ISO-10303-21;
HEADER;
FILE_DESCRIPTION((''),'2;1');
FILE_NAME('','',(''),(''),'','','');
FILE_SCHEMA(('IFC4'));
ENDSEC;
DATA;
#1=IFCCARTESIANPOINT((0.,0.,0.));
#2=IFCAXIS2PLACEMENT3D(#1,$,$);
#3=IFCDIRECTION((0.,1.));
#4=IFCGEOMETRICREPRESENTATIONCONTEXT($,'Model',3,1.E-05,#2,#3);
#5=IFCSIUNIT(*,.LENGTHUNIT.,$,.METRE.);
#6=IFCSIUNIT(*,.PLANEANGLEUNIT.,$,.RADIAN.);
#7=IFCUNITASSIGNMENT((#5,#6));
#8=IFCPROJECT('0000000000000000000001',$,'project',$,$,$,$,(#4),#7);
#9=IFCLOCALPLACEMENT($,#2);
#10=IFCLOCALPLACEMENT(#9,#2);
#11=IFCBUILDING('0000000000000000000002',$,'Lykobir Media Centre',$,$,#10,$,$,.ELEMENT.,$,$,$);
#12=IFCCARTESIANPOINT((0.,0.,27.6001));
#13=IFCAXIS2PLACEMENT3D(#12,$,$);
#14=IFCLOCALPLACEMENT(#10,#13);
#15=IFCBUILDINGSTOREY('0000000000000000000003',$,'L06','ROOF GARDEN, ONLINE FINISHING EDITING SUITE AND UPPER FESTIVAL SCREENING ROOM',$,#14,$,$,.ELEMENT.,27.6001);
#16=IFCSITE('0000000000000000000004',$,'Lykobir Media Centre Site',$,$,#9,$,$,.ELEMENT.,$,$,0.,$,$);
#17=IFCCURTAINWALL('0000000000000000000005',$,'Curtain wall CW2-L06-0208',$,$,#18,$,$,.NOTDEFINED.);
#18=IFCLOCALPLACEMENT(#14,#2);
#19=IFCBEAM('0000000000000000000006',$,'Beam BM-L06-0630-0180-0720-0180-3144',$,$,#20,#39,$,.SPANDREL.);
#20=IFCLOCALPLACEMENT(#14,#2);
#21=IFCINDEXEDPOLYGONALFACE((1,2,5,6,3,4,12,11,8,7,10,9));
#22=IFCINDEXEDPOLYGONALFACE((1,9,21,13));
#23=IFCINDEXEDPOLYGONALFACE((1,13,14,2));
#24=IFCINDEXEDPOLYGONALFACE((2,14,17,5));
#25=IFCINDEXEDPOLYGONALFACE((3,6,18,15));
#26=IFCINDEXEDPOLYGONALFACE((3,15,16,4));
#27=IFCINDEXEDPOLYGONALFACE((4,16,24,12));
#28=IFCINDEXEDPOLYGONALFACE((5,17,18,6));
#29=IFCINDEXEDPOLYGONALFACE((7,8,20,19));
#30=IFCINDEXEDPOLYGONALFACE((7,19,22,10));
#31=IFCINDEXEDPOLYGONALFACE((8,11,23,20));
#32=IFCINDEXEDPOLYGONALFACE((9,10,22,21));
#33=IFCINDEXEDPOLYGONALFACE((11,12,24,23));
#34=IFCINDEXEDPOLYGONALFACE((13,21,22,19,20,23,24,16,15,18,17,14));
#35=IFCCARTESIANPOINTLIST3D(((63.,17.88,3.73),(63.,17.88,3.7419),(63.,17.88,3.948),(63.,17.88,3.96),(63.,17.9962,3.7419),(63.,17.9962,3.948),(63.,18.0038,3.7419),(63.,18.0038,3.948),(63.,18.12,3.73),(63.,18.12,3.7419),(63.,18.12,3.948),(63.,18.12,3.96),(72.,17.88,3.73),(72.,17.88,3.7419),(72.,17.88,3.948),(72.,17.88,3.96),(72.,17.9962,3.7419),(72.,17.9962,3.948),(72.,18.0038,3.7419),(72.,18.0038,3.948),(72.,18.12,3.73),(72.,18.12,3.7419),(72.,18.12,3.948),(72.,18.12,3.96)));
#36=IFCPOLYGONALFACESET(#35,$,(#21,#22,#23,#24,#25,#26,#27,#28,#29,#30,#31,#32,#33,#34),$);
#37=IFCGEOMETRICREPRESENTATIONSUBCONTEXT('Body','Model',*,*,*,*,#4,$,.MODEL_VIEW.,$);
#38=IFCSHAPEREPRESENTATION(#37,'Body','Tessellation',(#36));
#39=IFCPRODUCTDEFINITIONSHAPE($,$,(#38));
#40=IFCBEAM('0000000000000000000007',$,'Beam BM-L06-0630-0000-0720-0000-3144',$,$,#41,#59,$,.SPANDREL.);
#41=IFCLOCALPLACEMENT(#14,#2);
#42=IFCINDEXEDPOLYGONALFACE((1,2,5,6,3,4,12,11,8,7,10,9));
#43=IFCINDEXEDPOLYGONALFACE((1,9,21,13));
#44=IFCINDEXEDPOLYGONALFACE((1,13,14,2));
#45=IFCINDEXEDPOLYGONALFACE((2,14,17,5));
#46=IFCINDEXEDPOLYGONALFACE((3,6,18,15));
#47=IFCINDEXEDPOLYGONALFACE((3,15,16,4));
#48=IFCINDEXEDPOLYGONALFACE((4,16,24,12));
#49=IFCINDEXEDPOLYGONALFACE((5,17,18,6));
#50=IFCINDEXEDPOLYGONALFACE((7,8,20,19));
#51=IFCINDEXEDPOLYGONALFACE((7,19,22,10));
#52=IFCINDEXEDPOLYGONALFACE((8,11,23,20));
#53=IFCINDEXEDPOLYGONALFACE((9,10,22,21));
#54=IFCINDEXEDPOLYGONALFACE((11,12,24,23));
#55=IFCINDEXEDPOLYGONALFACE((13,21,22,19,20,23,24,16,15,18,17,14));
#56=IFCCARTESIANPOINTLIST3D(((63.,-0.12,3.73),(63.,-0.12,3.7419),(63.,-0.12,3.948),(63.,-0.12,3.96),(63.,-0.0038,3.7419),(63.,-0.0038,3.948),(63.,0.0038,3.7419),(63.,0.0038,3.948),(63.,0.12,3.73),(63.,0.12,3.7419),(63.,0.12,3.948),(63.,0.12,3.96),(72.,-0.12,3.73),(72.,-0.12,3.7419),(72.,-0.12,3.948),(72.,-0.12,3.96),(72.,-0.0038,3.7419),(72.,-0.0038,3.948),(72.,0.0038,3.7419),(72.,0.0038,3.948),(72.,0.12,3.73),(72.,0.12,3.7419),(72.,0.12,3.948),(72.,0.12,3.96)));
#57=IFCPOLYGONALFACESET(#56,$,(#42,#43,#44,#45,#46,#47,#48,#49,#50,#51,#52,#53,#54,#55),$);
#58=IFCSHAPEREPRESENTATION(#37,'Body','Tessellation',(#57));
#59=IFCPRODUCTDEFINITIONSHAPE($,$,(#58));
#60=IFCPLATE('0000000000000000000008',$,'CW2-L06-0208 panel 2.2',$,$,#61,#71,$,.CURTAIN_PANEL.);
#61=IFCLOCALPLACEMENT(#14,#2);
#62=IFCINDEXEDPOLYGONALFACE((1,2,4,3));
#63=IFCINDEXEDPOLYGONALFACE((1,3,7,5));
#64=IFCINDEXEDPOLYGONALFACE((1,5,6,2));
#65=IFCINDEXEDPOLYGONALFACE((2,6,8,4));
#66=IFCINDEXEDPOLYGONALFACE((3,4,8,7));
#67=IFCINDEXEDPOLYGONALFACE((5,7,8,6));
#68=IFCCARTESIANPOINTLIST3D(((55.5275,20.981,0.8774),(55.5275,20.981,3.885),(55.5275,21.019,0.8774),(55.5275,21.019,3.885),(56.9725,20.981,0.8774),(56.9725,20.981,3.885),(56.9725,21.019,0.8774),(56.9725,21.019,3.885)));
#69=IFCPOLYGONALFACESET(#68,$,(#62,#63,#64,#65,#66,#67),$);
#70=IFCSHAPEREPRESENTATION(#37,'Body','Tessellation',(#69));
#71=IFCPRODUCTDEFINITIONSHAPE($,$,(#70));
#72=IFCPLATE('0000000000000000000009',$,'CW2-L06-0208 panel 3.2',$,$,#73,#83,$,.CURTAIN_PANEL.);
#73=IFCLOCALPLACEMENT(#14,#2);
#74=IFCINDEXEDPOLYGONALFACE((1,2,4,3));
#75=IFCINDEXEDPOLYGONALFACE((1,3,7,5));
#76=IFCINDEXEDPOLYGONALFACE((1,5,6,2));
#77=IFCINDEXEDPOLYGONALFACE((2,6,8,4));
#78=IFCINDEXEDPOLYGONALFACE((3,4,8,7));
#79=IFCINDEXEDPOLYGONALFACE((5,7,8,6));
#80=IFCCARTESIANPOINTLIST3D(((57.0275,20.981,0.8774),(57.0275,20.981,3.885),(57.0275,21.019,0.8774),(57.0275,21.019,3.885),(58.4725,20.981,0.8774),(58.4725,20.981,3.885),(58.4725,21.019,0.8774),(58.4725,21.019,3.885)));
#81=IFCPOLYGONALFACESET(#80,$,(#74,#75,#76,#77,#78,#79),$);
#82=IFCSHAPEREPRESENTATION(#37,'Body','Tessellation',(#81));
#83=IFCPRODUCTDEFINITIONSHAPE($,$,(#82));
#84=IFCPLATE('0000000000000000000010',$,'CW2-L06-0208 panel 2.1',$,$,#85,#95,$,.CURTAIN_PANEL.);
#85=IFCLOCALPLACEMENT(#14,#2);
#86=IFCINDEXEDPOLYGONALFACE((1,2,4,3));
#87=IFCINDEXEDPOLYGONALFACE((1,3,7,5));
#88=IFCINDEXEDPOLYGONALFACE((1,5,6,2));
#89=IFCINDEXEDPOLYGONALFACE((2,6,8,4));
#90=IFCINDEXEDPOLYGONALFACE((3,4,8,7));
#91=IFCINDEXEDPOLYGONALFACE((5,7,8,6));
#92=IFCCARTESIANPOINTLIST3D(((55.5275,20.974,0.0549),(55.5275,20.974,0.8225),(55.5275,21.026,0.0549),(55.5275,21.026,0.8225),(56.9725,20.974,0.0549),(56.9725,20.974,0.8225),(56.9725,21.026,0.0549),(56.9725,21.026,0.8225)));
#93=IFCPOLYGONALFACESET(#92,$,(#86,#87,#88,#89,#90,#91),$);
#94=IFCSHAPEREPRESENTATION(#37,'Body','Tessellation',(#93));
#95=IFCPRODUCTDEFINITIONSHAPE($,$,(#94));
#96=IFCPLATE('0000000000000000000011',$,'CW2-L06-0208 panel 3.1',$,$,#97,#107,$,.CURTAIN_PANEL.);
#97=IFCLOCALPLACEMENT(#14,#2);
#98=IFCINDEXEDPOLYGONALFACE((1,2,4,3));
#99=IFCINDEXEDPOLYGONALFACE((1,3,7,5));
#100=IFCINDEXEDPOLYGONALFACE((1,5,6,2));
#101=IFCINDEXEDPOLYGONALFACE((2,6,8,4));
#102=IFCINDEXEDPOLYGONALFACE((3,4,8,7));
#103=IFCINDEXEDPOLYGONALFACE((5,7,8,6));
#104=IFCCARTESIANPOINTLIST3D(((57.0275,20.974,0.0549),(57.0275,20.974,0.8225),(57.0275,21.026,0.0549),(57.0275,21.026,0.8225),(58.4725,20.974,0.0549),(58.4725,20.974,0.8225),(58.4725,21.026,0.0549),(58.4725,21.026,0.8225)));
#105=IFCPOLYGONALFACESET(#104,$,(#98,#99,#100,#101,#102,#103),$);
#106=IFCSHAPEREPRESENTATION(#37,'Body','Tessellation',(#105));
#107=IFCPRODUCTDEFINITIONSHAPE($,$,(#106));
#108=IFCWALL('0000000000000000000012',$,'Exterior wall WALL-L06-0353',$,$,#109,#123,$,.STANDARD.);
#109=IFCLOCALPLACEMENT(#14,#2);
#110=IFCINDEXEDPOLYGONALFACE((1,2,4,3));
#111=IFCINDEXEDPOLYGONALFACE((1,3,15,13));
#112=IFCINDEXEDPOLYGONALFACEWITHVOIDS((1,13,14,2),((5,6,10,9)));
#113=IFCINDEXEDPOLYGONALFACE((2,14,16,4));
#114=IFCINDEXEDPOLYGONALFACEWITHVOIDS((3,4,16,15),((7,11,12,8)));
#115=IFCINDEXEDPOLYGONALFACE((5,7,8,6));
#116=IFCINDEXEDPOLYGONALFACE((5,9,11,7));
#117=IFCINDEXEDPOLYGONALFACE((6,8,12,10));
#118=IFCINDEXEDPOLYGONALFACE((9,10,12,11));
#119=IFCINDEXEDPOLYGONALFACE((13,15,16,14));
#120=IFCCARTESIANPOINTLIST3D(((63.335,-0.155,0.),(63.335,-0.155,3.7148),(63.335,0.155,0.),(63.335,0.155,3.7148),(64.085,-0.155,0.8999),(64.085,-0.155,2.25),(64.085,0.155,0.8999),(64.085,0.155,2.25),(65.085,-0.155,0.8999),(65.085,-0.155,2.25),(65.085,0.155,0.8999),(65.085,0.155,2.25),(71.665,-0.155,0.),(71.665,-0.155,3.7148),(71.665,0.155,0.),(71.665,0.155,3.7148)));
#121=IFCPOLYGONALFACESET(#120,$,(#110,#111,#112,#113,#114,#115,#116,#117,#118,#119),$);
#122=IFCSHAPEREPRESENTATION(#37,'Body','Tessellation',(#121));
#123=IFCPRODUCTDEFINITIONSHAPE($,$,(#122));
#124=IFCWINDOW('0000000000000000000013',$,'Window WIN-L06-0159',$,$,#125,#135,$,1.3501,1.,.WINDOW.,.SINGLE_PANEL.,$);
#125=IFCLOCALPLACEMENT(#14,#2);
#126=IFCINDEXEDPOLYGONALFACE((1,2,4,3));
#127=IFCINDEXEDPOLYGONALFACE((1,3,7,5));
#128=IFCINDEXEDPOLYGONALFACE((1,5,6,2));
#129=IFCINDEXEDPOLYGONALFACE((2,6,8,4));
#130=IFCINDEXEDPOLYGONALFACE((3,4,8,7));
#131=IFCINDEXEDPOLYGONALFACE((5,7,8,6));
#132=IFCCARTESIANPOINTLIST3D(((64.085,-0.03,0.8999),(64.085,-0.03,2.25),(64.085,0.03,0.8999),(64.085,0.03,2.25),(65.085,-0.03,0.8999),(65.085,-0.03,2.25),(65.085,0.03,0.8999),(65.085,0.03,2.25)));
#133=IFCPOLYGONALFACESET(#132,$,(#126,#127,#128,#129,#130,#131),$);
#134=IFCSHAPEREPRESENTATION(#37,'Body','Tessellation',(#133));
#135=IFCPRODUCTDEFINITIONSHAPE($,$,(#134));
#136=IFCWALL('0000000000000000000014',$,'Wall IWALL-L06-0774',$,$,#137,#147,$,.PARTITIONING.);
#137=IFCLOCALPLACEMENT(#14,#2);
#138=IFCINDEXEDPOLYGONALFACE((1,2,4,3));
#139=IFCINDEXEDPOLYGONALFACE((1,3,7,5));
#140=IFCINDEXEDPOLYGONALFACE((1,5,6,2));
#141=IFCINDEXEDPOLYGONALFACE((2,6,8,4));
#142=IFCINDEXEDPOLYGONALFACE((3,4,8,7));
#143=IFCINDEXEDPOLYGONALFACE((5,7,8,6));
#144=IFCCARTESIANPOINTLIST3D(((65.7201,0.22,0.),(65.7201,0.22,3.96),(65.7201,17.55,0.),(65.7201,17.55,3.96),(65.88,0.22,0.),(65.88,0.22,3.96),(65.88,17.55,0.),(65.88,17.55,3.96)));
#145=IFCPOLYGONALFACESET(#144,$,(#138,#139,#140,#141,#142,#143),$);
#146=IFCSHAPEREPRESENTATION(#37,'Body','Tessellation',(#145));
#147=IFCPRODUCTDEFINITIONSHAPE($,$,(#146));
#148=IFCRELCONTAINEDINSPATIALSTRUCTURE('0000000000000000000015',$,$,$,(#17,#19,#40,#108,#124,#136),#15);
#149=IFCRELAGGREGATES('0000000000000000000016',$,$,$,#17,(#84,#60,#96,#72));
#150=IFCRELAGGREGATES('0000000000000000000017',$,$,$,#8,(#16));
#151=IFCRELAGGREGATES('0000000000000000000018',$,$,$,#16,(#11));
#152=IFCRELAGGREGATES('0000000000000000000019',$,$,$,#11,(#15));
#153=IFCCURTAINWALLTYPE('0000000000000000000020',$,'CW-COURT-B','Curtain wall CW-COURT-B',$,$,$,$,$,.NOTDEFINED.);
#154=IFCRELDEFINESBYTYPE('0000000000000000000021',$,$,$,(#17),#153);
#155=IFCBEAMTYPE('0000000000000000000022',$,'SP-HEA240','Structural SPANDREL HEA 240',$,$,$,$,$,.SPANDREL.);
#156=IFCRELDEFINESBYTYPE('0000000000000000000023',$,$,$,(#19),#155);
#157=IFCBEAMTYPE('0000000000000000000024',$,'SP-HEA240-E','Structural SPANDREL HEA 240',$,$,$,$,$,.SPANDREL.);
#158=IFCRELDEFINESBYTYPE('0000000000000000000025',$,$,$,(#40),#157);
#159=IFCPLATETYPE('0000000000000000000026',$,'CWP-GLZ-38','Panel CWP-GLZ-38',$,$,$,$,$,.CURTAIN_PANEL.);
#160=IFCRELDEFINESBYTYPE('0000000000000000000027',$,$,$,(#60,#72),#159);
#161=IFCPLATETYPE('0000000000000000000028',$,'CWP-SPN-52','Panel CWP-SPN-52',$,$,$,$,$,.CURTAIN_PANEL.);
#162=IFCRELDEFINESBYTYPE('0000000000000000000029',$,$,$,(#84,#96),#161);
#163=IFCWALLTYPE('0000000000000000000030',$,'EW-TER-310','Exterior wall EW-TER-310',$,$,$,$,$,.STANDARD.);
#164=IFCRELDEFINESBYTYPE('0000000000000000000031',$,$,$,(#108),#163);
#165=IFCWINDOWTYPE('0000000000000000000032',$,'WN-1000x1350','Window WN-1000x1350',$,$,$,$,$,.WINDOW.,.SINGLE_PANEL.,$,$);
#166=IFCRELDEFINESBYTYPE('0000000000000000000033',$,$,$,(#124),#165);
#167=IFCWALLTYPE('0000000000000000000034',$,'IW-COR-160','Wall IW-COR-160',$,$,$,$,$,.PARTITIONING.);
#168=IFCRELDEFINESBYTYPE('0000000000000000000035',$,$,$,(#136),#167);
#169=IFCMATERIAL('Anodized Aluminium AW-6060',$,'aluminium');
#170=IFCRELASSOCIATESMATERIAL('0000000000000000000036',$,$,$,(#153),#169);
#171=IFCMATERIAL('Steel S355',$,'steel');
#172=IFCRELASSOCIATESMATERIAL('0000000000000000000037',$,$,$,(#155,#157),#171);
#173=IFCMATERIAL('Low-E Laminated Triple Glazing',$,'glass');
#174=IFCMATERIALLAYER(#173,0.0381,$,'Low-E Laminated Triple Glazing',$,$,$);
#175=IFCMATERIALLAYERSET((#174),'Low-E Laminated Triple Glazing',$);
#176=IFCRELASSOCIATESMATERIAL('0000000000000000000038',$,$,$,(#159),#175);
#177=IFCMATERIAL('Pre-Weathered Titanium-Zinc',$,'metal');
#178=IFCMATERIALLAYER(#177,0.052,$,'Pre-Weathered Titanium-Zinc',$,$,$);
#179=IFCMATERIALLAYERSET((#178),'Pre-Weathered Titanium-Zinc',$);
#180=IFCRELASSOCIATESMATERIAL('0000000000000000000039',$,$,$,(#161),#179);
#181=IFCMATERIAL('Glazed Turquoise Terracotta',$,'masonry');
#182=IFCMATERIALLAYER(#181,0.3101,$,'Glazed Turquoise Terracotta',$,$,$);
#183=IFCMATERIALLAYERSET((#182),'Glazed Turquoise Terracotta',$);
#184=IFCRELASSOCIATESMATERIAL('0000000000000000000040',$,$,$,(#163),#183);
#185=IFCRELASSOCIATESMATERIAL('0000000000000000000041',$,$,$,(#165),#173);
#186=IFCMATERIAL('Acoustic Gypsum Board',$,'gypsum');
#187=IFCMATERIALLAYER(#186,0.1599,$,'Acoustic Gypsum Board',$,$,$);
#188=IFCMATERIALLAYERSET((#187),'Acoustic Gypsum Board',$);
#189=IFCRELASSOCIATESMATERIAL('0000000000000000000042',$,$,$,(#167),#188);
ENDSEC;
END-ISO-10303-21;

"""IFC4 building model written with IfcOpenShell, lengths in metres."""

from ifc_helpers import new_model, si_unit, direction, frame, frame_2d, origin, origin_2d, place, context, subcontext, project, spatial, rectangle, i_section, extrude, material, layer, layer_set, material_profile, profile_set, type_object, element, fill, aggregate, save


model = new_model("IFC4")

# Units and contexts
model_context = context("Model", 3, precision=1e-05, world=origin(), true_north=direction((0.0, 1.0)))
body_context = subcontext(model_context, "Body", "Model", "MODEL_VIEW")
ifc_project = project(units=[si_unit("LENGTHUNIT", "METRE"), si_unit("PLANEANGLEUNIT", "RADIAN")], contexts=[model_context])

# Site, building, storey
site_placement = place(None, origin())
site = spatial("IfcSite", under=ifc_project, at=site_placement, Name="Lykobir Media Centre Site", CompositionType="ELEMENT", RefElevation=0.0)
building_placement = place(site_placement, origin())
building = spatial("IfcBuilding", under=site, at=building_placement, Name="Lykobir Media Centre", CompositionType="ELEMENT")
storey_placement = place(building_placement, frame((0.0, 0.0, 27.6001)))
storey = spatial("IfcBuildingStorey", under=building, at=storey_placement, Name="L06", Description="ROOF GARDEN, ONLINE FINISHING EDITING SUITE AND UPPER FESTIVAL SCREENING ROOM", CompositionType="ELEMENT", Elevation=27.6001)

# Shared definitions
ifc_material_1 = material(Name="Steel S355", Category="steel")

# Curtain wall
ifc_material_2 = material(Name="Anodized Aluminium AW-6060", Category="aluminium")
curtain_wall_type = type_object("IfcCurtainWallType", Name="CW-COURT-B", Description="Curtain wall CW-COURT-B", PredefinedType="NOTDEFINED", material=ifc_material_2)
curtain_wall_placement = place(storey_placement, origin())
curtain_wall = element("IfcCurtainWall", 1, at=curtain_wall_placement, inside=storey, type_object=curtain_wall_type, Name="Curtain wall CW2-L06-0208", PredefinedType="NOTDEFINED")

# Beams
ifc_material_profile_1 = material_profile(ifc_material_1, i_section(OverallWidth=0.24, OverallDepth=0.23, WebThickness=0.0076, FlangeThickness=0.012, at=origin_2d()), Name="HEA 240")
ifc_profile_set_1 = profile_set([ifc_material_profile_1], Name="Steel S355")
beam_type_1 = type_object("IfcBeamType", Name="SP-HEA240", Description="Structural SPANDREL HEA 240", PredefinedType="SPANDREL", material=ifc_profile_set_1)
beam_1_placement = place(storey_placement, frame((63.0, 18.0, 3.845), z_axis=(1.0, 0.0, 0.0), x_axis=(0.0, 1.0, 0.0)))
element("IfcBeam", 2, at=beam_1_placement, inside=storey, type_object=beam_type_1, Name="Beam BM-L06-0630-0180-0720-0180-3144", PredefinedType="SPANDREL", context=body_context, shape_type="SweptSolid", body=[
    extrude(i_section(OverallWidth=0.24, OverallDepth=0.23, WebThickness=0.0076, FlangeThickness=0.012, at=origin_2d()), origin(), (0.0, 0.0, 1.0), 9.0),
])
ifc_material_profile_2 = material_profile(ifc_material_1, i_section(OverallWidth=0.24, OverallDepth=0.23, WebThickness=0.0076, FlangeThickness=0.012, at=origin_2d()), Name="HEA 240")
ifc_profile_set_2 = profile_set([ifc_material_profile_2], Name="Steel S355")
beam_type_2 = type_object("IfcBeamType", Name="SP-HEA240-E", Description="Structural SPANDREL HEA 240", PredefinedType="SPANDREL", material=ifc_profile_set_2)
beam_2_placement = place(storey_placement, frame((63.0, 0.0, 3.845), z_axis=(1.0, 0.0, 0.0), x_axis=(0.0, 1.0, 0.0)))
element("IfcBeam", 3, at=beam_2_placement, inside=storey, type_object=beam_type_2, Name="Beam BM-L06-0630-0000-0720-0000-3144", PredefinedType="SPANDREL", context=body_context, shape_type="SweptSolid", body=[
    extrude(i_section(OverallWidth=0.24, OverallDepth=0.23, WebThickness=0.0076, FlangeThickness=0.012, at=origin_2d()), origin(), (0.0, 0.0, 1.0), 9.0),
])

# Plates
ifc_material_3 = material(Name="Low-E Laminated Triple Glazing", Category="glass")
ifc_layer_1 = layer(ifc_material_3, 0.0381, Name="Low-E Laminated Triple Glazing")
ifc_layer_set_1 = layer_set([ifc_layer_1], Name="Low-E Laminated Triple Glazing")
plate_type_1 = type_object("IfcPlateType", Name="CWP-GLZ-38", Description="Panel CWP-GLZ-38", PredefinedType="CURTAIN_PANEL", material=ifc_layer_set_1)
plate_1_placement = place(storey_placement, frame((56.25, 21.0, 0.8774), z_axis=(0.0, 0.0, 1.0), x_axis=(1.0, 0.0, 0.0)))
plate_1 = element("IfcPlate", 4, at=plate_1_placement, type_object=plate_type_1, Name="CW2-L06-0208 panel 2.2", PredefinedType="CURTAIN_PANEL", context=body_context, shape_type="SweptSolid", body=[
    extrude(rectangle(XDim=1.4451, YDim=0.0381, at=origin_2d()), origin(), (0.0, 0.0, 1.0), 3.0076),
])
plate_2_placement = place(storey_placement, frame((57.75, 21.0, 0.8774), z_axis=(0.0, 0.0, 1.0), x_axis=(1.0, 0.0, 0.0)))
plate_2 = element("IfcPlate", 5, at=plate_2_placement, type_object=plate_type_1, Name="CW2-L06-0208 panel 3.2", PredefinedType="CURTAIN_PANEL", context=body_context, shape_type="SweptSolid", body=[
    extrude(rectangle(XDim=1.4451, YDim=0.0381, at=origin_2d()), origin(), (0.0, 0.0, 1.0), 3.0076),
])
ifc_material_4 = material(Name="Pre-Weathered Titanium-Zinc", Category="metal")
ifc_layer_2 = layer(ifc_material_4, 0.052, Name="Pre-Weathered Titanium-Zinc")
ifc_layer_set_2 = layer_set([ifc_layer_2], Name="Pre-Weathered Titanium-Zinc")
plate_type_2 = type_object("IfcPlateType", Name="CWP-SPN-52", Description="Panel CWP-SPN-52", PredefinedType="CURTAIN_PANEL", material=ifc_layer_set_2)
plate_3_placement = place(storey_placement, frame((56.25, 21.0, 0.0549), z_axis=(0.0, 0.0, 1.0), x_axis=(1.0, 0.0, 0.0)))
plate_3 = element("IfcPlate", 6, at=plate_3_placement, type_object=plate_type_2, Name="CW2-L06-0208 panel 2.1", PredefinedType="CURTAIN_PANEL", context=body_context, shape_type="SweptSolid", body=[
    extrude(rectangle(XDim=1.4451, YDim=0.052, at=origin_2d()), origin(), (0.0, 0.0, 1.0), 0.7676),
])
plate_4_placement = place(storey_placement, frame((57.75, 21.0, 0.0549), z_axis=(0.0, 0.0, 1.0), x_axis=(1.0, 0.0, 0.0)))
plate_4 = element("IfcPlate", 7, at=plate_4_placement, type_object=plate_type_2, Name="CW2-L06-0208 panel 3.1", PredefinedType="CURTAIN_PANEL", context=body_context, shape_type="SweptSolid", body=[
    extrude(rectangle(XDim=1.4451, YDim=0.052, at=origin_2d()), origin(), (0.0, 0.0, 1.0), 0.7676),
])
aggregate(curtain_wall, [plate_3, plate_1, plate_4, plate_2])

# Wall, opening, window
ifc_material_5 = material(Name="Glazed Turquoise Terracotta", Category="masonry")
ifc_layer_3 = layer(ifc_material_5, 0.3101, Name="Glazed Turquoise Terracotta")
ifc_layer_set_3 = layer_set([ifc_layer_3], Name="Glazed Turquoise Terracotta")
wall_type_1 = type_object("IfcWallType", Name="EW-TER-310", Description="Exterior wall EW-TER-310", PredefinedType="STANDARD", material=ifc_layer_set_3)
wall_1_placement = place(storey_placement, frame((63.335, 0.0, 0.0), z_axis=(0.0, 0.0, 1.0), x_axis=(1.0, 0.0, 0.0)))
wall_1 = element("IfcWall", 8, at=wall_1_placement, inside=storey, type_object=wall_type_1, Name="Exterior wall WALL-L06-0353", PredefinedType="STANDARD", context=body_context, shape_type="SweptSolid", body=[
    extrude(rectangle(XDim=8.3301, YDim=0.3101, at=frame_2d((4.165, 0.0))), origin(), (0.0, 0.0, 1.0), 3.7148),
])
opening_1_placement = place(wall_1_placement, frame((0.75, 0.0, 0.8999)))
opening_1 = element("IfcOpeningElement", 9, at=opening_1_placement, cuts=wall_1, PredefinedType="OPENING", context=body_context, shape_type="SweptSolid", body=[
    extrude(rectangle(XDim=1.0, YDim=1.3501, at=frame_2d((0.5, 0.675))), frame((0.0, 0.165, 0.0), z_axis=(0.0, -1.0, 0.0), x_axis=(1.0, 0.0, 0.0)), (0.0, 0.0, 1.0), 0.3301),
])
window_type = type_object("IfcWindowType", Name="WN-1000x1350", Description="Window WN-1000x1350", PartitioningType="SINGLE_PANEL", PredefinedType="WINDOW", material=ifc_material_3)
window_placement = place(opening_1_placement, origin())
window = element("IfcWindow", 10, at=window_placement, inside=storey, type_object=window_type, Name="Window WIN-L06-0159", OverallHeight=1.3501, OverallWidth=1.0, PartitioningType="SINGLE_PANEL", PredefinedType="WINDOW", context=body_context, shape_type="SweptSolid", body=[
    extrude(rectangle(XDim=1.0, YDim=1.3501, at=frame_2d((0.5, 0.675))), frame((0.0, 0.03, 0.0), z_axis=(0.0, -1.0, 0.0), x_axis=(1.0, 0.0, 0.0)), (0.0, 0.0, 1.0), 0.0601),
])
fill(opening_1, window)

# Wall
ifc_material_6 = material(Name="Acoustic Gypsum Board", Category="gypsum")
ifc_layer_4 = layer(ifc_material_6, 0.1599, Name="Acoustic Gypsum Board")
ifc_layer_set_4 = layer_set([ifc_layer_4], Name="Acoustic Gypsum Board")
wall_type_2 = type_object("IfcWallType", Name="IW-COR-160", Description="Wall IW-COR-160", PredefinedType="PARTITIONING", material=ifc_layer_set_4)
wall_2_placement = place(storey_placement, frame((65.8, 0.22, 0.0), z_axis=(0.0, 0.0, 1.0), x_axis=(0.0, 1.0, 0.0)))
element("IfcWall", 11, at=wall_2_placement, inside=storey, type_object=wall_type_2, Name="Wall IWALL-L06-0774", PredefinedType="PARTITIONING", context=body_context, shape_type="SweptSolid", body=[
    extrude(rectangle(XDim=17.3301, YDim=0.1599, at=frame_2d((8.665, 0.0))), origin(), (0.0, 0.0, 1.0), 3.96),
])

save(model, "model.ifc")
